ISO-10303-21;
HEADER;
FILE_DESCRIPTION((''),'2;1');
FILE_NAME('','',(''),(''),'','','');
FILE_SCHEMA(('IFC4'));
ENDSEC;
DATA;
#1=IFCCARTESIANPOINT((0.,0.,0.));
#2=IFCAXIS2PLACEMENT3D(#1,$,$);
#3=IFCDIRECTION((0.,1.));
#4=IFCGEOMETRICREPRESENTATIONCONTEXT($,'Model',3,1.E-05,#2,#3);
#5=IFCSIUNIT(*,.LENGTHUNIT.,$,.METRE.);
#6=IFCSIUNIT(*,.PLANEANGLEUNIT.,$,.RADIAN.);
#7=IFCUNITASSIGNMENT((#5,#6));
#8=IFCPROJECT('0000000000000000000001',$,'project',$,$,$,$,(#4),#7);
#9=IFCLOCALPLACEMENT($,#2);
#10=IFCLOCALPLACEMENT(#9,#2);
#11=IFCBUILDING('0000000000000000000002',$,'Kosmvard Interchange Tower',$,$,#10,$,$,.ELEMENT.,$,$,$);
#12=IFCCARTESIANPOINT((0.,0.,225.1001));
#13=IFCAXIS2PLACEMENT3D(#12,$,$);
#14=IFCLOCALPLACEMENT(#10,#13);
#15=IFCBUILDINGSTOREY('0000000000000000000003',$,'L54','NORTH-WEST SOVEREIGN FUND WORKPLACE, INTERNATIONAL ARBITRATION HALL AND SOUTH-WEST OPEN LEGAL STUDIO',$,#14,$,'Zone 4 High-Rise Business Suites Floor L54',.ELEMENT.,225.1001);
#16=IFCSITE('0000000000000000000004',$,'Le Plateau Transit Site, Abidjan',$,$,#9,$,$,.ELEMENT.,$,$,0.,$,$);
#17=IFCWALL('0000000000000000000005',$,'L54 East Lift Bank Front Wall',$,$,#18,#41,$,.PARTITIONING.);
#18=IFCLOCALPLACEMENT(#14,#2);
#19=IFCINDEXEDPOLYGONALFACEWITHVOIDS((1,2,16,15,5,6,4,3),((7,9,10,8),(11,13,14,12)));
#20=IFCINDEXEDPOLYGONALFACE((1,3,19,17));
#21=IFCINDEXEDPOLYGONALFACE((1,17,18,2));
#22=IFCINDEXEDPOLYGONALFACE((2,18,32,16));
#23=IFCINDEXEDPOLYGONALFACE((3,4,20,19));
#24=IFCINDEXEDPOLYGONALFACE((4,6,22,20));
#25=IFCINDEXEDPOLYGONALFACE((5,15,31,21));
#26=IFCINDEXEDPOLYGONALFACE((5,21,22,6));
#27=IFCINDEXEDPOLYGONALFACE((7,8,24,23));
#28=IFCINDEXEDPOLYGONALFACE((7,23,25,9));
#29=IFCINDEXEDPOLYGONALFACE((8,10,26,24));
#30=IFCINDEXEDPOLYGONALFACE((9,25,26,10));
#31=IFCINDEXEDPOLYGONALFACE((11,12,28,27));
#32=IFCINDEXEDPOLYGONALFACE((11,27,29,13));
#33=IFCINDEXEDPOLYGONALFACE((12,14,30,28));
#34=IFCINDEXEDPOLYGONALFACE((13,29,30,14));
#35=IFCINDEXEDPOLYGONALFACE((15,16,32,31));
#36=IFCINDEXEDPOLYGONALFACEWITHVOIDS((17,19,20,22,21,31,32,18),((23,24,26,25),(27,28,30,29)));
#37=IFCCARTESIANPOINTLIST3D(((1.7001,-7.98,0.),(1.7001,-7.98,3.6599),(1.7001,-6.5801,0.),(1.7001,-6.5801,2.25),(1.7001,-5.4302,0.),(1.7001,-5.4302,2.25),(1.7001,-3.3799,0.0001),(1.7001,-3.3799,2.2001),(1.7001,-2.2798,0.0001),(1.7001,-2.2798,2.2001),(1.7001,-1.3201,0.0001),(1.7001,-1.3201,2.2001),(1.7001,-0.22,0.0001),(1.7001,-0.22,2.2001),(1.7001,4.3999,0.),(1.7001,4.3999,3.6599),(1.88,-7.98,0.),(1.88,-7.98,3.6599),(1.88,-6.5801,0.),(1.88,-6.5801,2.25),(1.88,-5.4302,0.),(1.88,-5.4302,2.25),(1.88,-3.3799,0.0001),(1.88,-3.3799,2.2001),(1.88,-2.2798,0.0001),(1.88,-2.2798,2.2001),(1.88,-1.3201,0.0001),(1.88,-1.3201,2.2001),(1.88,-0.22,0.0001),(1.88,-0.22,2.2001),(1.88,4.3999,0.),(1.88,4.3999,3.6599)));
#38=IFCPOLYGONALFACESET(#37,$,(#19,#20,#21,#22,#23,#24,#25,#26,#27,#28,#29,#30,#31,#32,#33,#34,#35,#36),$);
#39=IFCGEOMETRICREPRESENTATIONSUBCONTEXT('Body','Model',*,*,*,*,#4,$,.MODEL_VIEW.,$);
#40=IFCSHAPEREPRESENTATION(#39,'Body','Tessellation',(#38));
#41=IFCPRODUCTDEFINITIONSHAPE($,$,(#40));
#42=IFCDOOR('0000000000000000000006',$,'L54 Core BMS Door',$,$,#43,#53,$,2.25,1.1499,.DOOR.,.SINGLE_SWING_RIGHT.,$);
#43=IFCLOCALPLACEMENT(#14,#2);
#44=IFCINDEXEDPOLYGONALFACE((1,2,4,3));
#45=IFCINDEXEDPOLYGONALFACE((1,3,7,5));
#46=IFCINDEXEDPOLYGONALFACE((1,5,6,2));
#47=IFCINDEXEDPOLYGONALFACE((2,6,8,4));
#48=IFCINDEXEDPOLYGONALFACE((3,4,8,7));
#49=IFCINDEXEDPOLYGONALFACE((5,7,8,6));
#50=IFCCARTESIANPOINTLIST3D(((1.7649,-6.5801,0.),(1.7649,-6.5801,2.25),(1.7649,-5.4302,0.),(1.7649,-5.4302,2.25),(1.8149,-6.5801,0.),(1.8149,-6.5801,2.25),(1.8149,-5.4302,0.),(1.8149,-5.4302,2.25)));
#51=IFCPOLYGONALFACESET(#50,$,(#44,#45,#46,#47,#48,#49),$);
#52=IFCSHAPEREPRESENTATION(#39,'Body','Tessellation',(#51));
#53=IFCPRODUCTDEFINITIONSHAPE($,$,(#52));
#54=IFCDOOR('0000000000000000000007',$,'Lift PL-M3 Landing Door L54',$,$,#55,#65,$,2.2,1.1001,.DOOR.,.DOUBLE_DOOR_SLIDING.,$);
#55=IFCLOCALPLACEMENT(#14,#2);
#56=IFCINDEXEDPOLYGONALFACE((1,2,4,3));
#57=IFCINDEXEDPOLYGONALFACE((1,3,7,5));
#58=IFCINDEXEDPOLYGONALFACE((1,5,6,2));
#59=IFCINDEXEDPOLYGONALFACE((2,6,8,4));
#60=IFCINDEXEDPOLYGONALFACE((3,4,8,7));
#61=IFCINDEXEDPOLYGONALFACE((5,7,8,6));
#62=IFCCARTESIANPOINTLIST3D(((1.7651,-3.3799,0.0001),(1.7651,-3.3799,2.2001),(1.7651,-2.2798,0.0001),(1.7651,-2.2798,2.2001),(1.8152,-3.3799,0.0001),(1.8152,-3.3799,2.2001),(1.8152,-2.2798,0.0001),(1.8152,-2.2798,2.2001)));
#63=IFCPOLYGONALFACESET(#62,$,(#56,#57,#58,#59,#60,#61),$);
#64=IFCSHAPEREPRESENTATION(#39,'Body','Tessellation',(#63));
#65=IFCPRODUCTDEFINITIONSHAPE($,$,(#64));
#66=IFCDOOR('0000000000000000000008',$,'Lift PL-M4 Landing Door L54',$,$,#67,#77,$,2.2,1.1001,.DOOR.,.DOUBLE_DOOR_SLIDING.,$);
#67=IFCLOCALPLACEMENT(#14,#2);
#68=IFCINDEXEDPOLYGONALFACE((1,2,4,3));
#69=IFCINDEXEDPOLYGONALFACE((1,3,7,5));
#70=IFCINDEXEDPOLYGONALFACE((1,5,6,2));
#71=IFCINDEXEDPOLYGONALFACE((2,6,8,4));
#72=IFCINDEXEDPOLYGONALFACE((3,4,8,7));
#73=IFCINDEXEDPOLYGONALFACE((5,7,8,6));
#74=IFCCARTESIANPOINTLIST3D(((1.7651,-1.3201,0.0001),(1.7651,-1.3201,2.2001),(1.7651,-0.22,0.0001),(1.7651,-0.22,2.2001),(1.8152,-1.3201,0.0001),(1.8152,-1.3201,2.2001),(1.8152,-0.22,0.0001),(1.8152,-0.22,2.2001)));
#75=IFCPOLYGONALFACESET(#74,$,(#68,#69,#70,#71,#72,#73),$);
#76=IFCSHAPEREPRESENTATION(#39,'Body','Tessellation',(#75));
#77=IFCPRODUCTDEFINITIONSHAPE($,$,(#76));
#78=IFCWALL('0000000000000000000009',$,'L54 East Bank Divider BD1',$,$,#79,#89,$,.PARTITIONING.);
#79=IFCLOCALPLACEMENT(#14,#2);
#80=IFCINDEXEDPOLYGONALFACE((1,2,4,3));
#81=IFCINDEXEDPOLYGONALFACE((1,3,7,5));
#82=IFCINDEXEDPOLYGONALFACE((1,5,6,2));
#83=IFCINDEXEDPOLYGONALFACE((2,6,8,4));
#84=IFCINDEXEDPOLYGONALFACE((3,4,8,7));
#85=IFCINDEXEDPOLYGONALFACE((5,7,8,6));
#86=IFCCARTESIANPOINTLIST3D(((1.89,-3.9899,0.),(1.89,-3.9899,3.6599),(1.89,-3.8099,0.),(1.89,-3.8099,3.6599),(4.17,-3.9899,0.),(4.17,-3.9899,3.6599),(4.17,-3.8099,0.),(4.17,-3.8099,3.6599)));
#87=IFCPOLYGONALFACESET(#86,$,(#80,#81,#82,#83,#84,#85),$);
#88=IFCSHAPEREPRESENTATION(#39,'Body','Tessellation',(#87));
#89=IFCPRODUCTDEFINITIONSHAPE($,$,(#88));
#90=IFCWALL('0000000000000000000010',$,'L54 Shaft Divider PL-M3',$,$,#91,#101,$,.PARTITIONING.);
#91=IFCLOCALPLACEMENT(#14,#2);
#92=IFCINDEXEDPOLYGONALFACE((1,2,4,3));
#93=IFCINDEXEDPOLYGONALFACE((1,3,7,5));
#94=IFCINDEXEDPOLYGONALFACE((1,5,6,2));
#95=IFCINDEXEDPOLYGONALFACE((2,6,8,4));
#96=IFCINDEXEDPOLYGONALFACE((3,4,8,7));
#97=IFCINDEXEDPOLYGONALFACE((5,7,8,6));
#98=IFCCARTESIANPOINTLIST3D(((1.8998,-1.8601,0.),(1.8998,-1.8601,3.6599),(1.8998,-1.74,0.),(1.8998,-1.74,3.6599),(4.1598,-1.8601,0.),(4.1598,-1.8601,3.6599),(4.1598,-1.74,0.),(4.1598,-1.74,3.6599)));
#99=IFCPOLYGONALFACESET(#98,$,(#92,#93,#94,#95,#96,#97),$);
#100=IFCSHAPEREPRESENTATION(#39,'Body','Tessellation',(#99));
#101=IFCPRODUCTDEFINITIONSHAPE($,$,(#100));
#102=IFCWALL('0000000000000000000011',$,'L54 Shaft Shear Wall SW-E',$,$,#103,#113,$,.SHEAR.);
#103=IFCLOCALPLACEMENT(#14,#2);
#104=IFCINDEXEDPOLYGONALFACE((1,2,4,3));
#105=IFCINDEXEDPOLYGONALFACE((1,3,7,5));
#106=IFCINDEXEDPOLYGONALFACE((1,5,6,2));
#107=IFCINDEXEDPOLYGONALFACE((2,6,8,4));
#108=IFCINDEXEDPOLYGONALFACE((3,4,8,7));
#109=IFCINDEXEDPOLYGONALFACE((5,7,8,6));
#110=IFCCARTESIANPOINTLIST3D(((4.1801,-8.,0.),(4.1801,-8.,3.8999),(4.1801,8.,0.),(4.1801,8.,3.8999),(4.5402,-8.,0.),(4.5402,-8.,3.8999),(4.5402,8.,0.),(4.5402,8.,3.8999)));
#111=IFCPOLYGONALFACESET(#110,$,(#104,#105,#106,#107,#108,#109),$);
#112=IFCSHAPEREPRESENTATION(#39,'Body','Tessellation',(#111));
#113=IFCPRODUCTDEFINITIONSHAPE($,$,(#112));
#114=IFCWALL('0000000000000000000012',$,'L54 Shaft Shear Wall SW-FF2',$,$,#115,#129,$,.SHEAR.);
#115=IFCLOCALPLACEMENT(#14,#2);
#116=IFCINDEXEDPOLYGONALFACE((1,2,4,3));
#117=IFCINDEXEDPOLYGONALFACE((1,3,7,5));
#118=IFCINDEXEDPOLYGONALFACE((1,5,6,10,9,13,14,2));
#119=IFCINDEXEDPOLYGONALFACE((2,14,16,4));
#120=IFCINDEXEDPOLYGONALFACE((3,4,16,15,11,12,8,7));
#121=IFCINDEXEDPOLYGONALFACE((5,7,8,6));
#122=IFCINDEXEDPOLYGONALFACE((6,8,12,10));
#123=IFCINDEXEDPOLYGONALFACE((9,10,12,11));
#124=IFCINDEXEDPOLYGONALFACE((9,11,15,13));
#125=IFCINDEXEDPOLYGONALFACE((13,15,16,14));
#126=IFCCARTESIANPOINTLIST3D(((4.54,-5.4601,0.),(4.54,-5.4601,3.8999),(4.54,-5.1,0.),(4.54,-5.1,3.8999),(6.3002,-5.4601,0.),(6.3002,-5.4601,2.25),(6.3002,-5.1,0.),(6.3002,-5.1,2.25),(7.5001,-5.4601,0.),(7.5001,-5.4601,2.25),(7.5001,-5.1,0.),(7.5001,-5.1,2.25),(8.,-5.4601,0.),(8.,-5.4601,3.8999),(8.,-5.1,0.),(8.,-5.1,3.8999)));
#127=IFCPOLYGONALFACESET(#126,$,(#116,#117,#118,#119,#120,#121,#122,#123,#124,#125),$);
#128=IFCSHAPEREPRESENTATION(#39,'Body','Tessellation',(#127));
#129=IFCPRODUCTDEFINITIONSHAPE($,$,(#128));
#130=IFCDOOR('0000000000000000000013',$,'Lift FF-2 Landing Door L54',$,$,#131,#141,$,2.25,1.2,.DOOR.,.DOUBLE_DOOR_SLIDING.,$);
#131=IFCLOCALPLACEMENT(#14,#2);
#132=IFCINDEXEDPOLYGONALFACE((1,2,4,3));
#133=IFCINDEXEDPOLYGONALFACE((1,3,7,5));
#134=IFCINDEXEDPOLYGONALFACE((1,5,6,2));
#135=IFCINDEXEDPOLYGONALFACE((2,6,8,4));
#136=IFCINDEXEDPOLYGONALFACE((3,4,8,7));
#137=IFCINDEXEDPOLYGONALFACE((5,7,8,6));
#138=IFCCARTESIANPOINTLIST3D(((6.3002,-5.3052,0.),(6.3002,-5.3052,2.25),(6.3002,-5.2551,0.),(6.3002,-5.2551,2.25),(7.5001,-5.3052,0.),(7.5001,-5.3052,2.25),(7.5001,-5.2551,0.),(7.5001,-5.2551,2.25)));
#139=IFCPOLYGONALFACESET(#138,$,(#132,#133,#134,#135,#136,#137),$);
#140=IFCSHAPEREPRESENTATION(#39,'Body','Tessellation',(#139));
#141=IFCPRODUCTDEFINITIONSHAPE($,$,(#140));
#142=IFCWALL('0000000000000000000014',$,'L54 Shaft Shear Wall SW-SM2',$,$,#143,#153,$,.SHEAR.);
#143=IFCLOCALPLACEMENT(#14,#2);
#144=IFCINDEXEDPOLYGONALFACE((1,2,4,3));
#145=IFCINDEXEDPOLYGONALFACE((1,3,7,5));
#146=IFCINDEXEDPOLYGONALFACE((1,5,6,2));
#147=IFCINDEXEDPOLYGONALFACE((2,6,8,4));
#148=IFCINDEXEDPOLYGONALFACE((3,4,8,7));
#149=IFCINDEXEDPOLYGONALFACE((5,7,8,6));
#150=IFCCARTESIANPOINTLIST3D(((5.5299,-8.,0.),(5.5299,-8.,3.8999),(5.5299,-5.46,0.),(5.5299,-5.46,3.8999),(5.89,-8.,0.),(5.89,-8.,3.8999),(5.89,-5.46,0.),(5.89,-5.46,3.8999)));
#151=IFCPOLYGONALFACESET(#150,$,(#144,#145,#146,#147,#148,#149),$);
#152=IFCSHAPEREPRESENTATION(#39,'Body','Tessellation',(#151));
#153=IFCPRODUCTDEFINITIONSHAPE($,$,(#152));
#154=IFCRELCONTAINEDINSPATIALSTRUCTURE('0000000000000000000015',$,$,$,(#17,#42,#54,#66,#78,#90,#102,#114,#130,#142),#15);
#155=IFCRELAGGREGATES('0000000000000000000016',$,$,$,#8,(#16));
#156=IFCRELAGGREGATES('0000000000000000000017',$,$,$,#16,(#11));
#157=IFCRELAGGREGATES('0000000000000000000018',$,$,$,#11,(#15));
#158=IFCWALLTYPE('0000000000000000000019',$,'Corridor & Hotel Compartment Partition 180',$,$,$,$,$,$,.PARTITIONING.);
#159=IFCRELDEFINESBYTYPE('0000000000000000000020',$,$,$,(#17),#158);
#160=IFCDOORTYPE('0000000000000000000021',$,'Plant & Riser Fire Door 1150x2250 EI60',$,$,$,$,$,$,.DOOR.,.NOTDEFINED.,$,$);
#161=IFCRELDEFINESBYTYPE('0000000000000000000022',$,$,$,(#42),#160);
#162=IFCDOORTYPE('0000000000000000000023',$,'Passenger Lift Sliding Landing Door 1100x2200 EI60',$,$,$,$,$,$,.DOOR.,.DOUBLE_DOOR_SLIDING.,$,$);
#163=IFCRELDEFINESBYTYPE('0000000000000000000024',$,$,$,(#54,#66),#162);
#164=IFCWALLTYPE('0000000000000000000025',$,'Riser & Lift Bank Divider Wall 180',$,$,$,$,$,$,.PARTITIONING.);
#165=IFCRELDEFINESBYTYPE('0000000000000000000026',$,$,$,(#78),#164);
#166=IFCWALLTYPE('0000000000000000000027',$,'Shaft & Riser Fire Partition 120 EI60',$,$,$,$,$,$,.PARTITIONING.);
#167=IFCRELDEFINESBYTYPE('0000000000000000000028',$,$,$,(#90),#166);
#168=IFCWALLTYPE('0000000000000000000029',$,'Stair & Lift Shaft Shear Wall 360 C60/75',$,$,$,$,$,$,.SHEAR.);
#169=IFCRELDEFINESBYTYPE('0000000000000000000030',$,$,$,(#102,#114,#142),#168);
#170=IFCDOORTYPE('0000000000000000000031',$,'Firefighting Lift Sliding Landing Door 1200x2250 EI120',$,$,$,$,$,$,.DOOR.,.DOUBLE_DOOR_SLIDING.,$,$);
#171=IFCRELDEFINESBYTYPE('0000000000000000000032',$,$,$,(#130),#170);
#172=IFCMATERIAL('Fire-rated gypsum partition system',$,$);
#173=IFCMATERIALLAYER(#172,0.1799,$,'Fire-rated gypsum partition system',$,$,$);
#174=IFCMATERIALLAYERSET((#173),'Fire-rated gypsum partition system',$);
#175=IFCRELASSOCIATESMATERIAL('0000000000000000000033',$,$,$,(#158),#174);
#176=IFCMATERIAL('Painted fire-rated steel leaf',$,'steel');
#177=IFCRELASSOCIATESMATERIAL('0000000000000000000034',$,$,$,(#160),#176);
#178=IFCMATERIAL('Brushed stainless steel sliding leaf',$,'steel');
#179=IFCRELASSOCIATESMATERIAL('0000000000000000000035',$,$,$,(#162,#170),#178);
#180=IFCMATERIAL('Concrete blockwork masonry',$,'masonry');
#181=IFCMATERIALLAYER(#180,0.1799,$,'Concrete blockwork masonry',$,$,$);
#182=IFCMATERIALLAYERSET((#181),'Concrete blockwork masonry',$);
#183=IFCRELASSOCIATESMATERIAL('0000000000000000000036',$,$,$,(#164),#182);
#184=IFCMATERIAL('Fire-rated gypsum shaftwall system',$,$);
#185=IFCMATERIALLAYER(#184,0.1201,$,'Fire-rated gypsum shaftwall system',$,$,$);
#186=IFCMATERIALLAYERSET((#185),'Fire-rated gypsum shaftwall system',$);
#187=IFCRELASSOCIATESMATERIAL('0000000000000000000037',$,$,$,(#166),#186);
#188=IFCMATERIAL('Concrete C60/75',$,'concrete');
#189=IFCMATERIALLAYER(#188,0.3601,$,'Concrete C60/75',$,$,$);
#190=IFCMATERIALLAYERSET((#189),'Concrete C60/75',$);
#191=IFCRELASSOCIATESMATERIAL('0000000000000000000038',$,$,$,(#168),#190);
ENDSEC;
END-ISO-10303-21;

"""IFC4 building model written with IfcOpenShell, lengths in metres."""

from ifc_helpers import new_model, si_unit, direction, frame, frame_2d, origin, place, context, subcontext, project, spatial, rectangle, extrude, source, transform, mapped, material, layer, layer_set, type_object, element, fill, save


model = new_model("IFC4")

# Units and contexts
model_context = context("Model", 3, precision=1e-05, world=origin(), true_north=direction((0.0, 1.0)))
body_context = subcontext(model_context, "Body", "Model", "MODEL_VIEW")
ifc_project = project(units=[si_unit("LENGTHUNIT", "METRE"), si_unit("PLANEANGLEUNIT", "RADIAN")], contexts=[model_context])

# Site, building, storey
site_placement = place(None, origin())
site = spatial("IfcSite", under=ifc_project, at=site_placement, Name="Le Plateau Transit Site, Abidjan", CompositionType="ELEMENT", RefElevation=0.0)
building_placement = place(site_placement, origin())
building = spatial("IfcBuilding", under=site, at=building_placement, Name="Kosmvard Interchange Tower", CompositionType="ELEMENT")
storey_placement = place(building_placement, frame((0.0, 0.0, 225.1001)))
storey = spatial("IfcBuildingStorey", under=building, at=storey_placement, Name="L54", Description="NORTH-WEST SOVEREIGN FUND WORKPLACE, INTERNATIONAL ARBITRATION HALL AND SOUTH-WEST OPEN LEGAL STUDIO", LongName="Zone 4 High-Rise Business Suites Floor L54", CompositionType="ELEMENT", Elevation=225.1001)

# Shared definitions
ifc_material_1 = material(Name="Concrete C60/75", Category="concrete")

# Wall, openings, doors
ifc_material_2 = material(Name="Fire-rated gypsum partition system")
ifc_layer_1 = layer(ifc_material_2, 0.1799, Name="Fire-rated gypsum partition system")
ifc_layer_set_1 = layer_set([ifc_layer_1], Name="Fire-rated gypsum partition system")
wall_type_1 = type_object("IfcWallType", Name="Corridor & Hotel Compartment Partition 180", PredefinedType="PARTITIONING", material=ifc_layer_set_1)
wall_1_placement = place(storey_placement, frame((1.79, -7.98, 0.0), z_axis=(0.0, 0.0, 1.0), x_axis=(0.0, 1.0, 0.0)))
wall_1 = element("IfcWall", 1, at=wall_1_placement, inside=storey, type_object=wall_type_1, Name="L54 East Lift Bank Front Wall", PredefinedType="PARTITIONING", context=body_context, shape_type="SweptSolid", body=[
    extrude(rectangle(XDim=12.3799, YDim=0.1799, at=frame_2d((6.1899, 0.0))), origin(), (0.0, 0.0, 1.0), 3.6599),
])
opening_1_placement = place(wall_1_placement, frame((4.6001, 0.0, 0.0)))
opening_1 = element("IfcOpeningElement", 2, at=opening_1_placement, cuts=wall_1, PredefinedType="OPENING", context=body_context, shape_type="SweptSolid", body=[
    extrude(rectangle(XDim=1.1001, YDim=2.2, at=frame_2d((0.55, 1.1001))), frame((0.0, 0.1001, 0.0), z_axis=(0.0, -1.0, 0.0), x_axis=(1.0, 0.0, 0.0)), (0.0, 0.0, 1.0), 0.2),
])
opening_2_placement = place(wall_1_placement, frame((6.6599, 0.0, 0.0)))
opening_2 = element("IfcOpeningElement", 3, at=opening_2_placement, cuts=wall_1, PredefinedType="OPENING", context=body_context, shape_type="SweptSolid", body=[
    extrude(rectangle(XDim=1.1001, YDim=2.2, at=frame_2d((0.55, 1.1001))), frame((0.0, 0.1001, 0.0), z_axis=(0.0, -1.0, 0.0), x_axis=(1.0, 0.0, 0.0)), (0.0, 0.0, 1.0), 0.2),
])
opening_3_placement = place(wall_1_placement, frame((1.3999, 0.0, 0.0)))
opening_3 = element("IfcOpeningElement", 4, at=opening_3_placement, cuts=wall_1, PredefinedType="OPENING", context=body_context, shape_type="SweptSolid", body=[
    extrude(rectangle(XDim=1.1499, YDim=2.25, at=frame_2d((0.575, 1.125))), frame((0.0, 0.1001, 0.0), z_axis=(0.0, -1.0, 0.0), x_axis=(1.0, 0.0, 0.0)), (0.0, 0.0, 1.0), 0.2),
])
ifc_material_3 = material(Name="Painted fire-rated steel leaf", Category="steel")
door_type_1 = type_object("IfcDoorType", Name="Plant & Riser Fire Door 1150x2250 EI60", OperationType="NOTDEFINED", PredefinedType="DOOR", material=ifc_material_3)
shared_shape_1 = source(origin(), body_context, "Body", "SweptSolid", [
    extrude(rectangle(XDim=1.1499, YDim=2.25, at=frame_2d((0.575, 1.125))), frame((0.0, 0.0249, 0.0), z_axis=(0.0, -1.0, 0.0), x_axis=(1.0, 0.0, 0.0)), (0.0, 0.0, 1.0), 0.05),
])
door_1_placement = place(opening_3_placement, frame((1.1499, 0.0, 0.0), z_axis=(0.0, 0.0, 1.0), x_axis=(-1.0, 0.0, 0.0)))
door_1 = element("IfcDoor", 5, at=door_1_placement, inside=storey, type_object=door_type_1, Name="L54 Core BMS Door", OperationType="SINGLE_SWING_RIGHT", OverallHeight=2.25, OverallWidth=1.1499, PredefinedType="DOOR", context=body_context, shape_type="MappedRepresentation", body=[
    mapped(shared_shape_1, transform((0.0, 0.0, 0.0), scale=1.0)),
])
fill(opening_3, door_1)
ifc_material_4 = material(Name="Brushed stainless steel sliding leaf", Category="steel")
door_type_2 = type_object("IfcDoorType", Name="Passenger Lift Sliding Landing Door 1100x2200 EI60", OperationType="DOUBLE_DOOR_SLIDING", PredefinedType="DOOR", material=ifc_material_4)
shared_shape_2 = source(origin(), body_context, "Body", "SweptSolid", [
    extrude(rectangle(XDim=1.1001, YDim=2.2, at=frame_2d((0.55, 1.1001))), frame((0.0, 0.0249, 0.0), z_axis=(0.0, -1.0, 0.0), x_axis=(1.0, 0.0, 0.0)), (0.0, 0.0, 1.0), 0.05),
])
door_2_placement = place(opening_1_placement, origin())
door_2 = element("IfcDoor", 6, at=door_2_placement, inside=storey, type_object=door_type_2, Name="Lift PL-M3 Landing Door L54", OperationType="DOUBLE_DOOR_SLIDING", OverallHeight=2.2, OverallWidth=1.1001, PredefinedType="DOOR", context=body_context, shape_type="MappedRepresentation", body=[
    mapped(shared_shape_2, transform((0.0, 0.0, 0.0), scale=1.0)),
])
fill(opening_1, door_2)
door_3_placement = place(opening_2_placement, origin())
door_3 = element("IfcDoor", 7, at=door_3_placement, inside=storey, type_object=door_type_2, Name="Lift PL-M4 Landing Door L54", OperationType="DOUBLE_DOOR_SLIDING", OverallHeight=2.2, OverallWidth=1.1001, PredefinedType="DOOR", context=body_context, shape_type="MappedRepresentation", body=[
    mapped(shared_shape_2, transform((0.0, 0.0, 0.0), scale=1.0)),
])
fill(opening_2, door_3)

# Walls
ifc_material_5 = material(Name="Concrete blockwork masonry", Category="masonry")
ifc_layer_2 = layer(ifc_material_5, 0.1799, Name="Concrete blockwork masonry")
ifc_layer_set_2 = layer_set([ifc_layer_2], Name="Concrete blockwork masonry")
wall_type_2 = type_object("IfcWallType", Name="Riser & Lift Bank Divider Wall 180", PredefinedType="PARTITIONING", material=ifc_layer_set_2)
wall_2_placement = place(storey_placement, frame((1.8899, -3.8999, 0.0), z_axis=(0.0, 0.0, 1.0), x_axis=(1.0, 0.0, 0.0)))
element("IfcWall", 8, at=wall_2_placement, inside=storey, type_object=wall_type_2, Name="L54 East Bank Divider BD1", PredefinedType="PARTITIONING", context=body_context, shape_type="SweptSolid", body=[
    extrude(rectangle(XDim=2.28, YDim=0.1799, at=frame_2d((1.1401, 0.0))), origin(), (0.0, 0.0, 1.0), 3.6599),
])
ifc_material_6 = material(Name="Fire-rated gypsum shaftwall system")
ifc_layer_3 = layer(ifc_material_6, 0.1201, Name="Fire-rated gypsum shaftwall system")
ifc_layer_set_3 = layer_set([ifc_layer_3], Name="Fire-rated gypsum shaftwall system")
wall_type_3 = type_object("IfcWallType", Name="Shaft & Riser Fire Partition 120 EI60", PredefinedType="PARTITIONING", material=ifc_layer_set_3)
wall_3_placement = place(storey_placement, frame((1.8999, -1.8, 0.0), z_axis=(0.0, 0.0, 1.0), x_axis=(1.0, 0.0, 0.0)))
element("IfcWall", 9, at=wall_3_placement, inside=storey, type_object=wall_type_3, Name="L54 Shaft Divider PL-M3", PredefinedType="PARTITIONING", context=body_context, shape_type="SweptSolid", body=[
    extrude(rectangle(XDim=2.26, YDim=0.1201, at=frame_2d((1.1299, 0.0))), origin(), (0.0, 0.0, 1.0), 3.6599),
])
ifc_layer_4 = layer(ifc_material_1, 0.3601, Name="Concrete C60/75")
ifc_layer_set_4 = layer_set([ifc_layer_4], Name="Concrete C60/75")
wall_type_4 = type_object("IfcWallType", Name="Stair & Lift Shaft Shear Wall 360 C60/75", PredefinedType="SHEAR", material=ifc_layer_set_4)
wall_4_placement = place(storey_placement, frame((4.3601, -8.0, 0.0), z_axis=(0.0, 0.0, 1.0), x_axis=(0.0, 1.0, 0.0)))
element("IfcWall", 10, at=wall_4_placement, inside=storey, type_object=wall_type_4, Name="L54 Shaft Shear Wall SW-E", PredefinedType="SHEAR", context=body_context, shape_type="SweptSolid", body=[
    extrude(rectangle(XDim=16.0, YDim=0.3601, at=frame_2d((8.0, 0.0))), origin(), (0.0, 0.0, 1.0), 3.8999),
])

# Wall, opening, door
wall_5_placement = place(storey_placement, frame((4.54, -5.28, 0.0), z_axis=(0.0, 0.0, 1.0), x_axis=(1.0, 0.0, 0.0)))
wall_5 = element("IfcWall", 11, at=wall_5_placement, inside=storey, type_object=wall_type_4, Name="L54 Shaft Shear Wall SW-FF2", PredefinedType="SHEAR", context=body_context, shape_type="SweptSolid", body=[
    extrude(rectangle(XDim=3.46, YDim=0.3601, at=frame_2d((1.73, 0.0))), origin(), (0.0, 0.0, 1.0), 3.8999),
])
opening_4_placement = place(wall_5_placement, frame((1.76, 0.0, 0.0)))
opening_4 = element("IfcOpeningElement", 12, at=opening_4_placement, cuts=wall_5, PredefinedType="OPENING", context=body_context, shape_type="SweptSolid", body=[
    extrude(rectangle(XDim=1.2, YDim=2.25, at=frame_2d((0.6001, 1.125))), frame((0.0, 0.1899, 0.0), z_axis=(0.0, -1.0, 0.0), x_axis=(1.0, 0.0, 0.0)), (0.0, 0.0, 1.0), 0.3801),
])
door_type_3 = type_object("IfcDoorType", Name="Firefighting Lift Sliding Landing Door 1200x2250 EI120", OperationType="DOUBLE_DOOR_SLIDING", PredefinedType="DOOR", material=ifc_material_4)
shared_shape_3 = source(origin(), body_context, "Body", "SweptSolid", [
    extrude(rectangle(XDim=1.2, YDim=2.25, at=frame_2d((0.6001, 1.125))), frame((0.0, 0.0249, 0.0), z_axis=(0.0, -1.0, 0.0), x_axis=(1.0, 0.0, 0.0)), (0.0, 0.0, 1.0), 0.05),
])
door_4_placement = place(opening_4_placement, origin())
door_4 = element("IfcDoor", 13, at=door_4_placement, inside=storey, type_object=door_type_3, Name="Lift FF-2 Landing Door L54", OperationType="DOUBLE_DOOR_SLIDING", OverallHeight=2.25, OverallWidth=1.2, PredefinedType="DOOR", context=body_context, shape_type="MappedRepresentation", body=[
    mapped(shared_shape_3, transform((0.0, 0.0, 0.0), scale=1.0)),
])
fill(opening_4, door_4)

# Wall
wall_6_placement = place(storey_placement, frame((5.71, -8.0, 0.0), z_axis=(0.0, 0.0, 1.0), x_axis=(0.0, 1.0, 0.0)))
element("IfcWall", 14, at=wall_6_placement, inside=storey, type_object=wall_type_4, Name="L54 Shaft Shear Wall SW-SM2", PredefinedType="SHEAR", context=body_context, shape_type="SweptSolid", body=[
    extrude(rectangle(XDim=2.54, YDim=0.3601, at=frame_2d((1.27, 0.0))), origin(), (0.0, 0.0, 1.0), 3.8999),
])

save(model, "model.ifc")
